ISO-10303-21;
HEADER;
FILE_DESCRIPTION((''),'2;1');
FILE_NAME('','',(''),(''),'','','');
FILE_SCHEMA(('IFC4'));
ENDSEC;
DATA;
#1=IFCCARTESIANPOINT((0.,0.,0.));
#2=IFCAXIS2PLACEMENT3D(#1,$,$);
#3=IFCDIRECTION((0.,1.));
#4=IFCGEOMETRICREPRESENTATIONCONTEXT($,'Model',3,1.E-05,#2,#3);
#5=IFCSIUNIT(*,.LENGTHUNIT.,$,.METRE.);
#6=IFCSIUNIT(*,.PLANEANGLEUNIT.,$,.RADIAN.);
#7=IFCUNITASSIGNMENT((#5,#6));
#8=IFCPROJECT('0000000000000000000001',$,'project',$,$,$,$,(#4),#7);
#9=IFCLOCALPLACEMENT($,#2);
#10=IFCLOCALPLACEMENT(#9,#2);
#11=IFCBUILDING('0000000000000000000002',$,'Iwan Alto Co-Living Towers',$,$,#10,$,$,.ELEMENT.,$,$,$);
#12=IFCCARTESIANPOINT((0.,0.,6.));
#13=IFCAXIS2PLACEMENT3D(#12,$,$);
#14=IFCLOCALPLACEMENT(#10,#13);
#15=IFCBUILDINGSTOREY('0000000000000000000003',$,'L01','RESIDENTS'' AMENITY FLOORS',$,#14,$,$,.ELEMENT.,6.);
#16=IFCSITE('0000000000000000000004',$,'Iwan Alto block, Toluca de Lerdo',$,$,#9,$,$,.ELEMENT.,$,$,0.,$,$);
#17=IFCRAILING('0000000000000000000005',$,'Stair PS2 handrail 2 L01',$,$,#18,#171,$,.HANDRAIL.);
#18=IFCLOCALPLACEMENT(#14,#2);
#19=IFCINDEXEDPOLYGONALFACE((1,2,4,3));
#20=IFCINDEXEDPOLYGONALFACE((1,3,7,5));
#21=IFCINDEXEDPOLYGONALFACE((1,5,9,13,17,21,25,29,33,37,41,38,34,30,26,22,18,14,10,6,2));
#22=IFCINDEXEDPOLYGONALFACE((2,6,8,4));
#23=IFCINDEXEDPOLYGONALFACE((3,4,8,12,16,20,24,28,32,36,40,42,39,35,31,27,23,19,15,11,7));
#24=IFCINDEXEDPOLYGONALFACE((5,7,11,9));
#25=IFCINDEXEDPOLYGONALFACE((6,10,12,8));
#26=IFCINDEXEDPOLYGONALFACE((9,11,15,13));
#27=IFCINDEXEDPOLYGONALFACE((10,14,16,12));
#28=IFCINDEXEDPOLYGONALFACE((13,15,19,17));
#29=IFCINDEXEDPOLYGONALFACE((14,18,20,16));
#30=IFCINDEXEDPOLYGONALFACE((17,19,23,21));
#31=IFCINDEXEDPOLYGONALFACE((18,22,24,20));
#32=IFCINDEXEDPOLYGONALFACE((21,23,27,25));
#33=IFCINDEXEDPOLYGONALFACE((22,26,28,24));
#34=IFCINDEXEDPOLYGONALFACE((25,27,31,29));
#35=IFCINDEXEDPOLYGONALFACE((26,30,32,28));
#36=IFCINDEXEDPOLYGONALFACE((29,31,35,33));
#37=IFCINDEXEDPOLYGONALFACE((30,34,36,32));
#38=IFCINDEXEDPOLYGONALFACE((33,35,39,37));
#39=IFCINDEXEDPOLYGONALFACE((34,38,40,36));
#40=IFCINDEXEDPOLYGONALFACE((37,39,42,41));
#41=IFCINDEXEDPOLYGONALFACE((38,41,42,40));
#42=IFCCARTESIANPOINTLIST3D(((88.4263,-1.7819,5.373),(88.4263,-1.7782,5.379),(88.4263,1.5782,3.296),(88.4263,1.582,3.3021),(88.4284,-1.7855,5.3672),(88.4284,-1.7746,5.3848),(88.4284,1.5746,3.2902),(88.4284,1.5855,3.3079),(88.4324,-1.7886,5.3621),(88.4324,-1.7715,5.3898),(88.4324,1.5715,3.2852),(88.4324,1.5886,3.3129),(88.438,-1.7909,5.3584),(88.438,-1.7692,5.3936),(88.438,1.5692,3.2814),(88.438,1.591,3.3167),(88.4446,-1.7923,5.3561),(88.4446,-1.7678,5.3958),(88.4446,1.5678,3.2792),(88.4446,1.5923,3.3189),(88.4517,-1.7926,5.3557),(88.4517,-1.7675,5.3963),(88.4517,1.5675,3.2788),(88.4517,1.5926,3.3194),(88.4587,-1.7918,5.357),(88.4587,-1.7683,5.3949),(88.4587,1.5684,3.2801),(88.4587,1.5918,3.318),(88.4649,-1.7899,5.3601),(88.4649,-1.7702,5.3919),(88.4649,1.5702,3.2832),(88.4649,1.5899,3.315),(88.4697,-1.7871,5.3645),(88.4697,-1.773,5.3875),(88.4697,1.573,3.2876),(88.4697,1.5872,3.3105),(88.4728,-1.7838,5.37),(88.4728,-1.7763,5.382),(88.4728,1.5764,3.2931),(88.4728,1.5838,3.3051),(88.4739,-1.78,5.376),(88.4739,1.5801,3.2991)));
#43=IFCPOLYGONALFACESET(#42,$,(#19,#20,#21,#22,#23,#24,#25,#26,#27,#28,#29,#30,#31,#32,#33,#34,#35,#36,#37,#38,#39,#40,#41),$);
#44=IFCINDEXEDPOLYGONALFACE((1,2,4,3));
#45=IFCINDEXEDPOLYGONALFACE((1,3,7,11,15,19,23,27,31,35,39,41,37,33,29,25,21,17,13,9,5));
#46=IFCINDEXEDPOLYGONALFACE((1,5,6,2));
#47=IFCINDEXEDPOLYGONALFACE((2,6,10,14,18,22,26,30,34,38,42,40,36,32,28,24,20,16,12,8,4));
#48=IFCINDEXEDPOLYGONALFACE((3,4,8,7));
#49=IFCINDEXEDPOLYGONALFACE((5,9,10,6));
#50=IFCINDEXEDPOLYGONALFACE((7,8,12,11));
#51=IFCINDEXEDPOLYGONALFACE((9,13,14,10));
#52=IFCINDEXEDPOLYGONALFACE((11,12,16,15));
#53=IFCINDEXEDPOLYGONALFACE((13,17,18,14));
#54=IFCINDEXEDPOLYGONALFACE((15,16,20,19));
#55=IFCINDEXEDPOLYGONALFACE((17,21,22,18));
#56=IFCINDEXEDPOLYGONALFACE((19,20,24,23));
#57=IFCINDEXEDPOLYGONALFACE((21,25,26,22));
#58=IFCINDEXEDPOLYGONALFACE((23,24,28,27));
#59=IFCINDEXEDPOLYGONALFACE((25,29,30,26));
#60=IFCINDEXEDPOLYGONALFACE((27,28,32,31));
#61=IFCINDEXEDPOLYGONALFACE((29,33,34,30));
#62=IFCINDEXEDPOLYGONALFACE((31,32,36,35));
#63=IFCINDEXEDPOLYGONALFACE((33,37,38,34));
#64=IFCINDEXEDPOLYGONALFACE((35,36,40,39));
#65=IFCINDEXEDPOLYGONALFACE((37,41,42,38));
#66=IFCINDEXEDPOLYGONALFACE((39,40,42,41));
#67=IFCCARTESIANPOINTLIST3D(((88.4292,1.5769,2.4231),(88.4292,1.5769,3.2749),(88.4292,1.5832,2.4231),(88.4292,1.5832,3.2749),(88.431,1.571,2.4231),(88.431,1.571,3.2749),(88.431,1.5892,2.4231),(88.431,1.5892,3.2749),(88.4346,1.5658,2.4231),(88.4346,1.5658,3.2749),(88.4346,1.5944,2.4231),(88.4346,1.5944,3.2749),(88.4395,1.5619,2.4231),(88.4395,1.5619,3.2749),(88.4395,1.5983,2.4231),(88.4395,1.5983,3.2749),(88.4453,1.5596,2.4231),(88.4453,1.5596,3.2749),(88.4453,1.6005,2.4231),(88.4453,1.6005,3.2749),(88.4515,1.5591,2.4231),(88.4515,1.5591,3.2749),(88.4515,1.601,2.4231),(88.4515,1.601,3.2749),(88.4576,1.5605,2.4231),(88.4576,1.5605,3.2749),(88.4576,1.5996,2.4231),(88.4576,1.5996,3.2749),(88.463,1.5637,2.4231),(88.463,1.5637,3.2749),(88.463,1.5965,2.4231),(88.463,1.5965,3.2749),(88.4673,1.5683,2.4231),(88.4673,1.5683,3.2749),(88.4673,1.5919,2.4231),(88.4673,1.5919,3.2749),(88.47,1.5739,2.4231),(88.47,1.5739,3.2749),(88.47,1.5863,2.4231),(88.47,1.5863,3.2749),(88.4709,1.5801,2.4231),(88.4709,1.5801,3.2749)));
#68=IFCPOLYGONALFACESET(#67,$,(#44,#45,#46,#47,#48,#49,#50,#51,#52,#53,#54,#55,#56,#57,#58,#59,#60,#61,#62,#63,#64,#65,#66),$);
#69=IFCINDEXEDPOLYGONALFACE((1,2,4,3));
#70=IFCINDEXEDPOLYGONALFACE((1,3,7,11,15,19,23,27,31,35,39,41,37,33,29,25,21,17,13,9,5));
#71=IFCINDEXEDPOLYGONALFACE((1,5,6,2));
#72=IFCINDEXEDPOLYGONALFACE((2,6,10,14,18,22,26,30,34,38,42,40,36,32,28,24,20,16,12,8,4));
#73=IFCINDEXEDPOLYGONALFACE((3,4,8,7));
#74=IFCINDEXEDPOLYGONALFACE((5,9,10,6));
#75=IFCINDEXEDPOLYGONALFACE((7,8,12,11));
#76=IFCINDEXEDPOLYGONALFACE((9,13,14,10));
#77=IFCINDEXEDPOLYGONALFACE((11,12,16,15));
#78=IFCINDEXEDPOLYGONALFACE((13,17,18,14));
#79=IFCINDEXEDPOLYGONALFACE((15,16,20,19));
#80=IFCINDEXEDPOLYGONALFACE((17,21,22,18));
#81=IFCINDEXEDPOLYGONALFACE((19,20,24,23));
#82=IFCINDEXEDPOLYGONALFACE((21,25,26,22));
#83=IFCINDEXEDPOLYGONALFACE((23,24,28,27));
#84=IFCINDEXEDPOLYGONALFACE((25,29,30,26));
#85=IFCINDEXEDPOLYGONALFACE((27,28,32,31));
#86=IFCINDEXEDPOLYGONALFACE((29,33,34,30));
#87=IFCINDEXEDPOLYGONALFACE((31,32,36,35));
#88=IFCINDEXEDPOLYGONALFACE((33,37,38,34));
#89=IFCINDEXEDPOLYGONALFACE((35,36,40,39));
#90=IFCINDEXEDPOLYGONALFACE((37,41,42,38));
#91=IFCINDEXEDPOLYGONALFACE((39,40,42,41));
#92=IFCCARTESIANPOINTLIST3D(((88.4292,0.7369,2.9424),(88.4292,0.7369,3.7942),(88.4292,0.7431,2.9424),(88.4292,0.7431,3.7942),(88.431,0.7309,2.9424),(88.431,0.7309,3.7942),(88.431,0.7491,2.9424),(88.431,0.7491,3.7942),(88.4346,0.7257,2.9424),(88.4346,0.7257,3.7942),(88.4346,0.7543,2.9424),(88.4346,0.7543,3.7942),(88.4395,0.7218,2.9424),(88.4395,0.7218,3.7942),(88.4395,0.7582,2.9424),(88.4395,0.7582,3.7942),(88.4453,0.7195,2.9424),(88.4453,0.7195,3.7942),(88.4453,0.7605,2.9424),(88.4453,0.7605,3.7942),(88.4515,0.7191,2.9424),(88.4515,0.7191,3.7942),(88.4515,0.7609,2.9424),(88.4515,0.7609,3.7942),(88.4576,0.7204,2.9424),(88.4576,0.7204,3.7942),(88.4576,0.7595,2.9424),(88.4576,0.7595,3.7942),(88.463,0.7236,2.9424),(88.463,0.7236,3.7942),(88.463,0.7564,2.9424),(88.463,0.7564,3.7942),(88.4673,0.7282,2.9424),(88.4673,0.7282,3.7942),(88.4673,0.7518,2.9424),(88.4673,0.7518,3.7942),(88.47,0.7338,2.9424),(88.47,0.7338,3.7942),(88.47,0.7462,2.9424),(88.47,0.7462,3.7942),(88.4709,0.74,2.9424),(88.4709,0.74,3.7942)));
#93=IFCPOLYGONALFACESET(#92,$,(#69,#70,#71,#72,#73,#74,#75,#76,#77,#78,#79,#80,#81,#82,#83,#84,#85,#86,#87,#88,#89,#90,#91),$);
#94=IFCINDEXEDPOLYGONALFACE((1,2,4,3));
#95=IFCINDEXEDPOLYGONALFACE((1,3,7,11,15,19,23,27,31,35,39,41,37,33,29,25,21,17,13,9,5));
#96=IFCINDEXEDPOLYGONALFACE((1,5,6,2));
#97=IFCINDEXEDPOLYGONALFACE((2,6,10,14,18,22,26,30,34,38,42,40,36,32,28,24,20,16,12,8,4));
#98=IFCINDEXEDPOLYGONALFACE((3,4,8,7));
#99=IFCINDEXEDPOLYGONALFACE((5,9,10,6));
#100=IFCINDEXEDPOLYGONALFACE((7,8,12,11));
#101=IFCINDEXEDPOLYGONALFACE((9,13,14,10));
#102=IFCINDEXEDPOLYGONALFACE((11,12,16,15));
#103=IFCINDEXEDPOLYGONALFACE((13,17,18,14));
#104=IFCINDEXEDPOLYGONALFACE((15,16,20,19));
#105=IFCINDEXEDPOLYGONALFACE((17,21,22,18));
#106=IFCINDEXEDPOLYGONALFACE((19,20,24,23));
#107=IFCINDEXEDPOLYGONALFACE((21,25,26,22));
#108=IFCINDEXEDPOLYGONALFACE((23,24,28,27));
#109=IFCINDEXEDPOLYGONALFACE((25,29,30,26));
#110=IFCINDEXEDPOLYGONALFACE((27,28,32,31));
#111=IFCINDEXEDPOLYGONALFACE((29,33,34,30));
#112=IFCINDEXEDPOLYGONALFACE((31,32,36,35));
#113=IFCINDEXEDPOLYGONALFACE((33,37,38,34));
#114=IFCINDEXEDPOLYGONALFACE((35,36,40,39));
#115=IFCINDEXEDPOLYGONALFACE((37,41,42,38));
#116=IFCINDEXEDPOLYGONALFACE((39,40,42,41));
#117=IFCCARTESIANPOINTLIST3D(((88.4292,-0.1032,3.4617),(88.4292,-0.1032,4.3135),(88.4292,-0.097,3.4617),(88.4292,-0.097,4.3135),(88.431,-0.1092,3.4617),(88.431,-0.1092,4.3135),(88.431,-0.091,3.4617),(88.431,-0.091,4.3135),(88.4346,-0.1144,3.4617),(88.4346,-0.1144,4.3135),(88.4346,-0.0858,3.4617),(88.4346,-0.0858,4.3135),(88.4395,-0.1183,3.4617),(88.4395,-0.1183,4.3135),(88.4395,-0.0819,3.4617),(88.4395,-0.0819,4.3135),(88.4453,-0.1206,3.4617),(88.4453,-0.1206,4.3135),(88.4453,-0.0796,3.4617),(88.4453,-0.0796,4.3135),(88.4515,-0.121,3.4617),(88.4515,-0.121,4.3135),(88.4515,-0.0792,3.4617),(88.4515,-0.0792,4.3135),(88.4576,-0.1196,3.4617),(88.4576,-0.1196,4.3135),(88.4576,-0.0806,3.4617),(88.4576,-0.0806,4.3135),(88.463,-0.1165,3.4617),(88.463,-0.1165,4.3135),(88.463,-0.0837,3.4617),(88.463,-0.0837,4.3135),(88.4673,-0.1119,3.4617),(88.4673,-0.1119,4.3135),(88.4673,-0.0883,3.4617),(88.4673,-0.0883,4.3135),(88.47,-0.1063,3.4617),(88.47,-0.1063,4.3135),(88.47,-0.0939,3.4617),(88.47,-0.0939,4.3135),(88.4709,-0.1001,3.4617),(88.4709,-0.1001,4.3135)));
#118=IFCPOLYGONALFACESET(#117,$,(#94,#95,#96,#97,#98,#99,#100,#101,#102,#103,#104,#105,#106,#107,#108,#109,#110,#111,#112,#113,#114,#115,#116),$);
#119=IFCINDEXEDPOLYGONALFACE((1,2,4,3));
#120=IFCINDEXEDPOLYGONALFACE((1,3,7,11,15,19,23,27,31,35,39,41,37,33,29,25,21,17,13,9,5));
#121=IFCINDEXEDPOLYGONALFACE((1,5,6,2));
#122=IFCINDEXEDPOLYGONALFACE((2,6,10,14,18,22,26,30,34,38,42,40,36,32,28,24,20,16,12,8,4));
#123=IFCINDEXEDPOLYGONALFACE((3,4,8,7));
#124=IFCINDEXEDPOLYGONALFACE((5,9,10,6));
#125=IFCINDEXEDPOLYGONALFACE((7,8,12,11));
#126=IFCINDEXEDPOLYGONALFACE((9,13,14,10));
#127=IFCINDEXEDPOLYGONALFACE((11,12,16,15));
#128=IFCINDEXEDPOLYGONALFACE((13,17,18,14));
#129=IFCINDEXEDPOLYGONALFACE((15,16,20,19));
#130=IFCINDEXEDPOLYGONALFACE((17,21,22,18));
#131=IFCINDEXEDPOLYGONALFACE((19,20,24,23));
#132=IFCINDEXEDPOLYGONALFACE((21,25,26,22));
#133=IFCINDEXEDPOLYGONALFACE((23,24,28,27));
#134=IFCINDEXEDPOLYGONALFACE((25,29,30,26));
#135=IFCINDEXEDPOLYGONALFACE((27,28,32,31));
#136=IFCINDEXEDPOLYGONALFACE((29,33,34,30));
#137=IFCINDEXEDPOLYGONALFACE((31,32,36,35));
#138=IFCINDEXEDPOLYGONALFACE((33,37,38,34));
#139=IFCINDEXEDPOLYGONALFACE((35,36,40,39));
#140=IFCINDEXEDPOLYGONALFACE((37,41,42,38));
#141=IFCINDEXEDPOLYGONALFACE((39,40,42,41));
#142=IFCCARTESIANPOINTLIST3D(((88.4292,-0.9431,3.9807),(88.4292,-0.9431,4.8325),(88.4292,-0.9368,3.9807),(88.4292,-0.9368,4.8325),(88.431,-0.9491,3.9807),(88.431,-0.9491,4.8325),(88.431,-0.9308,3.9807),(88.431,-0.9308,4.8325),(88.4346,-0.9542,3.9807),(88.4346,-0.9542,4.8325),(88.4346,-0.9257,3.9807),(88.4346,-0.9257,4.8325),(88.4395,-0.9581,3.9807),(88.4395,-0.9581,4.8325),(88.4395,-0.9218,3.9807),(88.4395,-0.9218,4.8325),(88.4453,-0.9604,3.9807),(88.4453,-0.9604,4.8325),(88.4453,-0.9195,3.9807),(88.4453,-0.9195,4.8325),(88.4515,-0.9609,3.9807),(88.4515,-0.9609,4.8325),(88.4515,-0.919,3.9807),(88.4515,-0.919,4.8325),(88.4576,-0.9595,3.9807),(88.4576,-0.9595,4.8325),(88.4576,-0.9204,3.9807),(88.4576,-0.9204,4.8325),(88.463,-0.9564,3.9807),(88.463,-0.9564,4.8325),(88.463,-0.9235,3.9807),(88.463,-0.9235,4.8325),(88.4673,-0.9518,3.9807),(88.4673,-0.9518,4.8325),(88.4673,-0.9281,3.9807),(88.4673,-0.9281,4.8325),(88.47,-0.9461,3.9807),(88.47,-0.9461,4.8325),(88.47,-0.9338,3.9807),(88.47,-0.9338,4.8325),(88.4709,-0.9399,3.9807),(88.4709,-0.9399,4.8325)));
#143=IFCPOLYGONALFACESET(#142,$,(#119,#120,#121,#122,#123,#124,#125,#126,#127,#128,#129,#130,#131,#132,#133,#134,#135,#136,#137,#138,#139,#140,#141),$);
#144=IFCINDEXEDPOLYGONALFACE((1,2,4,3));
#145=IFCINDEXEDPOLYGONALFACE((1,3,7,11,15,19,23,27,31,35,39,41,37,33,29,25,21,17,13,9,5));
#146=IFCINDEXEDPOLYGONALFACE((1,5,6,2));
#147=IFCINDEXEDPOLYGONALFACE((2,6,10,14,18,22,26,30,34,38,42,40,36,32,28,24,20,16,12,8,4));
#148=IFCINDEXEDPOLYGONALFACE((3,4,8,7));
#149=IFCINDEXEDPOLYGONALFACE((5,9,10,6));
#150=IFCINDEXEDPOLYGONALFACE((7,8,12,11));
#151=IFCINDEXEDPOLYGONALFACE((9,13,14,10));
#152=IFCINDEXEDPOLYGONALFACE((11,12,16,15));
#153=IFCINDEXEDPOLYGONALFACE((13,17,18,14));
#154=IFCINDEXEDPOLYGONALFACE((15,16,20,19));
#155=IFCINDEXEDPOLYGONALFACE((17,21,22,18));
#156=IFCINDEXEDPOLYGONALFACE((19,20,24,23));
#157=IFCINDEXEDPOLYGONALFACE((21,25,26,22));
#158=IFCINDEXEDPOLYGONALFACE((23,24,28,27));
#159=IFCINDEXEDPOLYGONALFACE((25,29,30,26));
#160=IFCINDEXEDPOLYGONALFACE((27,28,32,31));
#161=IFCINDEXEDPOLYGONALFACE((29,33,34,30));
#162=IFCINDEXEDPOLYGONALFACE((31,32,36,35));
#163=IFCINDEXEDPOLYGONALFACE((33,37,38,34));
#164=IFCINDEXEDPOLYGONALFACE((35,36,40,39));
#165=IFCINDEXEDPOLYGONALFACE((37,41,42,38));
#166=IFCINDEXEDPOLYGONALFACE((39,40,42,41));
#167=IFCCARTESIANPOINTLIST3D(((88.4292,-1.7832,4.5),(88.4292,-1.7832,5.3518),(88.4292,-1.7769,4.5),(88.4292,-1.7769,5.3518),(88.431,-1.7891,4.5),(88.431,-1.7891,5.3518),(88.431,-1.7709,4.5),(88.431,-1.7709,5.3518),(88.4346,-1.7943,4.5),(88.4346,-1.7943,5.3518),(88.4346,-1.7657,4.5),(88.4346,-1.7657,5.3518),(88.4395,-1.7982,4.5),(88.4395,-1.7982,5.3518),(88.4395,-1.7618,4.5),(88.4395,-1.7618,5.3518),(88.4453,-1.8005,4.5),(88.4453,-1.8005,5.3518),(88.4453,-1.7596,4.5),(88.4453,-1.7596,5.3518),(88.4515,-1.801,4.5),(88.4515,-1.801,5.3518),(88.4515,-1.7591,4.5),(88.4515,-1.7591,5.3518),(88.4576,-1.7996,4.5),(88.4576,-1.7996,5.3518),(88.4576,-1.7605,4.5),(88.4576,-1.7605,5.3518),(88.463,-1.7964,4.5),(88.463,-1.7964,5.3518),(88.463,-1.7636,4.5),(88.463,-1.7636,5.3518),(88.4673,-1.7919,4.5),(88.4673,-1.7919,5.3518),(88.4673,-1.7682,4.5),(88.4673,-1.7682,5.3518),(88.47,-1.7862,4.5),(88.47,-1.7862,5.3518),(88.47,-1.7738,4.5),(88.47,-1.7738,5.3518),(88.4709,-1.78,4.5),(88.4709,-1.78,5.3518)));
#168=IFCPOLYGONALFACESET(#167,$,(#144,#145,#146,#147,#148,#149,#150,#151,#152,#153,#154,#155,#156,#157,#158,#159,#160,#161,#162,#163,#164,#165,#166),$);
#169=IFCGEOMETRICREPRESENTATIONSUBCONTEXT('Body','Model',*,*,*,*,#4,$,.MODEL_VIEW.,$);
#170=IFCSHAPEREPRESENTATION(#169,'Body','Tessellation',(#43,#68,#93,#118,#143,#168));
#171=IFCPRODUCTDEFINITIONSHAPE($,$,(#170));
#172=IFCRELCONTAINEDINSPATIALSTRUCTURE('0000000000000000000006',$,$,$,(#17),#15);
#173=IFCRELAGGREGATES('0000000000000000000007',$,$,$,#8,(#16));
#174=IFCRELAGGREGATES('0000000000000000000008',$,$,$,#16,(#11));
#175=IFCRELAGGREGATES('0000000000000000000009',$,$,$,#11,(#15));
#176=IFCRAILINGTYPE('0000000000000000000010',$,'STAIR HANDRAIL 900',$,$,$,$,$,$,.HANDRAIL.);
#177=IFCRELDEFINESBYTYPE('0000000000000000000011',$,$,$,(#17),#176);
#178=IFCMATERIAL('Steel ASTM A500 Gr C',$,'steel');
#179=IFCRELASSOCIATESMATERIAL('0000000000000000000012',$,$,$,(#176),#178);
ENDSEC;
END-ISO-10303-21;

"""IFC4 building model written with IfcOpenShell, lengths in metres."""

from ifc_helpers import new_model, si_unit, direction, frame, origin, origin_2d, place, context, subcontext, project, spatial, circle, extrude, material, type_object, element, save


model = new_model("IFC4")

# Units and contexts
model_context = context("Model", 3, precision=1e-05, world=origin(), true_north=direction((0.0, 1.0)))
body_context = subcontext(model_context, "Body", "Model", "MODEL_VIEW")
ifc_project = project(units=[si_unit("LENGTHUNIT", "METRE"), si_unit("PLANEANGLEUNIT", "RADIAN")], contexts=[model_context])

# Site, building, storey
site_placement = place(None, origin())
site = spatial("IfcSite", under=ifc_project, at=site_placement, Name="Iwan Alto block, Toluca de Lerdo", CompositionType="ELEMENT", RefElevation=0.0)
building_placement = place(site_placement, origin())
building = spatial("IfcBuilding", under=site, at=building_placement, Name="Iwan Alto Co-Living Towers", CompositionType="ELEMENT")
storey_placement = place(building_placement, frame((0.0, 0.0, 6.0)))
storey = spatial("IfcBuildingStorey", under=building, at=storey_placement, Name="L01", Description="RESIDENTS' AMENITY FLOORS", CompositionType="ELEMENT", Elevation=6.0)

# Railing
ifc_material_1 = material(Name="Steel ASTM A500 Gr C", Category="steel")
railing_type_1 = type_object("IfcRailingType", Name="STAIR HANDRAIL 900", PredefinedType="HANDRAIL", material=ifc_material_1)
railing_1_placement = place(storey_placement, frame((88.45, 1.5801, 2.4231)))
element("IfcRailing", 1, at=railing_1_placement, inside=storey, type_object=railing_type_1, Name="Stair PS2 handrail 2 L01", PredefinedType="HANDRAIL", context=body_context, shape_type="SweptSolid", body=[
    extrude(circle(Radius=0.0239, at=origin_2d()), frame((0.0, 0.0, 0.876), z_axis=(0.0, -0.850623, 0.525776), x_axis=(1.0, 0.0, 0.0)), (0.0, 0.0, 1.0), 3.9502),
    extrude(circle(Radius=0.021, at=origin_2d()), origin(), (0.0, 0.0, 1.0), 0.8518),
    extrude(circle(Radius=0.021, at=origin_2d()), frame((0.0, -0.8401, 0.5193)), (0.0, 0.0, 1.0), 0.8518),
    extrude(circle(Radius=0.021, at=origin_2d()), frame((0.0, -1.6802, 1.0386)), (0.0, 0.0, 1.0), 0.8518),
    extrude(circle(Radius=0.021, at=origin_2d()), frame((0.0, -2.52, 1.5576)), (0.0, 0.0, 1.0), 0.8518),
    extrude(circle(Radius=0.021, at=origin_2d()), frame((0.0, -3.3601, 2.0769)), (0.0, 0.0, 1.0), 0.8518),
])

save(model, "model.ifc")
